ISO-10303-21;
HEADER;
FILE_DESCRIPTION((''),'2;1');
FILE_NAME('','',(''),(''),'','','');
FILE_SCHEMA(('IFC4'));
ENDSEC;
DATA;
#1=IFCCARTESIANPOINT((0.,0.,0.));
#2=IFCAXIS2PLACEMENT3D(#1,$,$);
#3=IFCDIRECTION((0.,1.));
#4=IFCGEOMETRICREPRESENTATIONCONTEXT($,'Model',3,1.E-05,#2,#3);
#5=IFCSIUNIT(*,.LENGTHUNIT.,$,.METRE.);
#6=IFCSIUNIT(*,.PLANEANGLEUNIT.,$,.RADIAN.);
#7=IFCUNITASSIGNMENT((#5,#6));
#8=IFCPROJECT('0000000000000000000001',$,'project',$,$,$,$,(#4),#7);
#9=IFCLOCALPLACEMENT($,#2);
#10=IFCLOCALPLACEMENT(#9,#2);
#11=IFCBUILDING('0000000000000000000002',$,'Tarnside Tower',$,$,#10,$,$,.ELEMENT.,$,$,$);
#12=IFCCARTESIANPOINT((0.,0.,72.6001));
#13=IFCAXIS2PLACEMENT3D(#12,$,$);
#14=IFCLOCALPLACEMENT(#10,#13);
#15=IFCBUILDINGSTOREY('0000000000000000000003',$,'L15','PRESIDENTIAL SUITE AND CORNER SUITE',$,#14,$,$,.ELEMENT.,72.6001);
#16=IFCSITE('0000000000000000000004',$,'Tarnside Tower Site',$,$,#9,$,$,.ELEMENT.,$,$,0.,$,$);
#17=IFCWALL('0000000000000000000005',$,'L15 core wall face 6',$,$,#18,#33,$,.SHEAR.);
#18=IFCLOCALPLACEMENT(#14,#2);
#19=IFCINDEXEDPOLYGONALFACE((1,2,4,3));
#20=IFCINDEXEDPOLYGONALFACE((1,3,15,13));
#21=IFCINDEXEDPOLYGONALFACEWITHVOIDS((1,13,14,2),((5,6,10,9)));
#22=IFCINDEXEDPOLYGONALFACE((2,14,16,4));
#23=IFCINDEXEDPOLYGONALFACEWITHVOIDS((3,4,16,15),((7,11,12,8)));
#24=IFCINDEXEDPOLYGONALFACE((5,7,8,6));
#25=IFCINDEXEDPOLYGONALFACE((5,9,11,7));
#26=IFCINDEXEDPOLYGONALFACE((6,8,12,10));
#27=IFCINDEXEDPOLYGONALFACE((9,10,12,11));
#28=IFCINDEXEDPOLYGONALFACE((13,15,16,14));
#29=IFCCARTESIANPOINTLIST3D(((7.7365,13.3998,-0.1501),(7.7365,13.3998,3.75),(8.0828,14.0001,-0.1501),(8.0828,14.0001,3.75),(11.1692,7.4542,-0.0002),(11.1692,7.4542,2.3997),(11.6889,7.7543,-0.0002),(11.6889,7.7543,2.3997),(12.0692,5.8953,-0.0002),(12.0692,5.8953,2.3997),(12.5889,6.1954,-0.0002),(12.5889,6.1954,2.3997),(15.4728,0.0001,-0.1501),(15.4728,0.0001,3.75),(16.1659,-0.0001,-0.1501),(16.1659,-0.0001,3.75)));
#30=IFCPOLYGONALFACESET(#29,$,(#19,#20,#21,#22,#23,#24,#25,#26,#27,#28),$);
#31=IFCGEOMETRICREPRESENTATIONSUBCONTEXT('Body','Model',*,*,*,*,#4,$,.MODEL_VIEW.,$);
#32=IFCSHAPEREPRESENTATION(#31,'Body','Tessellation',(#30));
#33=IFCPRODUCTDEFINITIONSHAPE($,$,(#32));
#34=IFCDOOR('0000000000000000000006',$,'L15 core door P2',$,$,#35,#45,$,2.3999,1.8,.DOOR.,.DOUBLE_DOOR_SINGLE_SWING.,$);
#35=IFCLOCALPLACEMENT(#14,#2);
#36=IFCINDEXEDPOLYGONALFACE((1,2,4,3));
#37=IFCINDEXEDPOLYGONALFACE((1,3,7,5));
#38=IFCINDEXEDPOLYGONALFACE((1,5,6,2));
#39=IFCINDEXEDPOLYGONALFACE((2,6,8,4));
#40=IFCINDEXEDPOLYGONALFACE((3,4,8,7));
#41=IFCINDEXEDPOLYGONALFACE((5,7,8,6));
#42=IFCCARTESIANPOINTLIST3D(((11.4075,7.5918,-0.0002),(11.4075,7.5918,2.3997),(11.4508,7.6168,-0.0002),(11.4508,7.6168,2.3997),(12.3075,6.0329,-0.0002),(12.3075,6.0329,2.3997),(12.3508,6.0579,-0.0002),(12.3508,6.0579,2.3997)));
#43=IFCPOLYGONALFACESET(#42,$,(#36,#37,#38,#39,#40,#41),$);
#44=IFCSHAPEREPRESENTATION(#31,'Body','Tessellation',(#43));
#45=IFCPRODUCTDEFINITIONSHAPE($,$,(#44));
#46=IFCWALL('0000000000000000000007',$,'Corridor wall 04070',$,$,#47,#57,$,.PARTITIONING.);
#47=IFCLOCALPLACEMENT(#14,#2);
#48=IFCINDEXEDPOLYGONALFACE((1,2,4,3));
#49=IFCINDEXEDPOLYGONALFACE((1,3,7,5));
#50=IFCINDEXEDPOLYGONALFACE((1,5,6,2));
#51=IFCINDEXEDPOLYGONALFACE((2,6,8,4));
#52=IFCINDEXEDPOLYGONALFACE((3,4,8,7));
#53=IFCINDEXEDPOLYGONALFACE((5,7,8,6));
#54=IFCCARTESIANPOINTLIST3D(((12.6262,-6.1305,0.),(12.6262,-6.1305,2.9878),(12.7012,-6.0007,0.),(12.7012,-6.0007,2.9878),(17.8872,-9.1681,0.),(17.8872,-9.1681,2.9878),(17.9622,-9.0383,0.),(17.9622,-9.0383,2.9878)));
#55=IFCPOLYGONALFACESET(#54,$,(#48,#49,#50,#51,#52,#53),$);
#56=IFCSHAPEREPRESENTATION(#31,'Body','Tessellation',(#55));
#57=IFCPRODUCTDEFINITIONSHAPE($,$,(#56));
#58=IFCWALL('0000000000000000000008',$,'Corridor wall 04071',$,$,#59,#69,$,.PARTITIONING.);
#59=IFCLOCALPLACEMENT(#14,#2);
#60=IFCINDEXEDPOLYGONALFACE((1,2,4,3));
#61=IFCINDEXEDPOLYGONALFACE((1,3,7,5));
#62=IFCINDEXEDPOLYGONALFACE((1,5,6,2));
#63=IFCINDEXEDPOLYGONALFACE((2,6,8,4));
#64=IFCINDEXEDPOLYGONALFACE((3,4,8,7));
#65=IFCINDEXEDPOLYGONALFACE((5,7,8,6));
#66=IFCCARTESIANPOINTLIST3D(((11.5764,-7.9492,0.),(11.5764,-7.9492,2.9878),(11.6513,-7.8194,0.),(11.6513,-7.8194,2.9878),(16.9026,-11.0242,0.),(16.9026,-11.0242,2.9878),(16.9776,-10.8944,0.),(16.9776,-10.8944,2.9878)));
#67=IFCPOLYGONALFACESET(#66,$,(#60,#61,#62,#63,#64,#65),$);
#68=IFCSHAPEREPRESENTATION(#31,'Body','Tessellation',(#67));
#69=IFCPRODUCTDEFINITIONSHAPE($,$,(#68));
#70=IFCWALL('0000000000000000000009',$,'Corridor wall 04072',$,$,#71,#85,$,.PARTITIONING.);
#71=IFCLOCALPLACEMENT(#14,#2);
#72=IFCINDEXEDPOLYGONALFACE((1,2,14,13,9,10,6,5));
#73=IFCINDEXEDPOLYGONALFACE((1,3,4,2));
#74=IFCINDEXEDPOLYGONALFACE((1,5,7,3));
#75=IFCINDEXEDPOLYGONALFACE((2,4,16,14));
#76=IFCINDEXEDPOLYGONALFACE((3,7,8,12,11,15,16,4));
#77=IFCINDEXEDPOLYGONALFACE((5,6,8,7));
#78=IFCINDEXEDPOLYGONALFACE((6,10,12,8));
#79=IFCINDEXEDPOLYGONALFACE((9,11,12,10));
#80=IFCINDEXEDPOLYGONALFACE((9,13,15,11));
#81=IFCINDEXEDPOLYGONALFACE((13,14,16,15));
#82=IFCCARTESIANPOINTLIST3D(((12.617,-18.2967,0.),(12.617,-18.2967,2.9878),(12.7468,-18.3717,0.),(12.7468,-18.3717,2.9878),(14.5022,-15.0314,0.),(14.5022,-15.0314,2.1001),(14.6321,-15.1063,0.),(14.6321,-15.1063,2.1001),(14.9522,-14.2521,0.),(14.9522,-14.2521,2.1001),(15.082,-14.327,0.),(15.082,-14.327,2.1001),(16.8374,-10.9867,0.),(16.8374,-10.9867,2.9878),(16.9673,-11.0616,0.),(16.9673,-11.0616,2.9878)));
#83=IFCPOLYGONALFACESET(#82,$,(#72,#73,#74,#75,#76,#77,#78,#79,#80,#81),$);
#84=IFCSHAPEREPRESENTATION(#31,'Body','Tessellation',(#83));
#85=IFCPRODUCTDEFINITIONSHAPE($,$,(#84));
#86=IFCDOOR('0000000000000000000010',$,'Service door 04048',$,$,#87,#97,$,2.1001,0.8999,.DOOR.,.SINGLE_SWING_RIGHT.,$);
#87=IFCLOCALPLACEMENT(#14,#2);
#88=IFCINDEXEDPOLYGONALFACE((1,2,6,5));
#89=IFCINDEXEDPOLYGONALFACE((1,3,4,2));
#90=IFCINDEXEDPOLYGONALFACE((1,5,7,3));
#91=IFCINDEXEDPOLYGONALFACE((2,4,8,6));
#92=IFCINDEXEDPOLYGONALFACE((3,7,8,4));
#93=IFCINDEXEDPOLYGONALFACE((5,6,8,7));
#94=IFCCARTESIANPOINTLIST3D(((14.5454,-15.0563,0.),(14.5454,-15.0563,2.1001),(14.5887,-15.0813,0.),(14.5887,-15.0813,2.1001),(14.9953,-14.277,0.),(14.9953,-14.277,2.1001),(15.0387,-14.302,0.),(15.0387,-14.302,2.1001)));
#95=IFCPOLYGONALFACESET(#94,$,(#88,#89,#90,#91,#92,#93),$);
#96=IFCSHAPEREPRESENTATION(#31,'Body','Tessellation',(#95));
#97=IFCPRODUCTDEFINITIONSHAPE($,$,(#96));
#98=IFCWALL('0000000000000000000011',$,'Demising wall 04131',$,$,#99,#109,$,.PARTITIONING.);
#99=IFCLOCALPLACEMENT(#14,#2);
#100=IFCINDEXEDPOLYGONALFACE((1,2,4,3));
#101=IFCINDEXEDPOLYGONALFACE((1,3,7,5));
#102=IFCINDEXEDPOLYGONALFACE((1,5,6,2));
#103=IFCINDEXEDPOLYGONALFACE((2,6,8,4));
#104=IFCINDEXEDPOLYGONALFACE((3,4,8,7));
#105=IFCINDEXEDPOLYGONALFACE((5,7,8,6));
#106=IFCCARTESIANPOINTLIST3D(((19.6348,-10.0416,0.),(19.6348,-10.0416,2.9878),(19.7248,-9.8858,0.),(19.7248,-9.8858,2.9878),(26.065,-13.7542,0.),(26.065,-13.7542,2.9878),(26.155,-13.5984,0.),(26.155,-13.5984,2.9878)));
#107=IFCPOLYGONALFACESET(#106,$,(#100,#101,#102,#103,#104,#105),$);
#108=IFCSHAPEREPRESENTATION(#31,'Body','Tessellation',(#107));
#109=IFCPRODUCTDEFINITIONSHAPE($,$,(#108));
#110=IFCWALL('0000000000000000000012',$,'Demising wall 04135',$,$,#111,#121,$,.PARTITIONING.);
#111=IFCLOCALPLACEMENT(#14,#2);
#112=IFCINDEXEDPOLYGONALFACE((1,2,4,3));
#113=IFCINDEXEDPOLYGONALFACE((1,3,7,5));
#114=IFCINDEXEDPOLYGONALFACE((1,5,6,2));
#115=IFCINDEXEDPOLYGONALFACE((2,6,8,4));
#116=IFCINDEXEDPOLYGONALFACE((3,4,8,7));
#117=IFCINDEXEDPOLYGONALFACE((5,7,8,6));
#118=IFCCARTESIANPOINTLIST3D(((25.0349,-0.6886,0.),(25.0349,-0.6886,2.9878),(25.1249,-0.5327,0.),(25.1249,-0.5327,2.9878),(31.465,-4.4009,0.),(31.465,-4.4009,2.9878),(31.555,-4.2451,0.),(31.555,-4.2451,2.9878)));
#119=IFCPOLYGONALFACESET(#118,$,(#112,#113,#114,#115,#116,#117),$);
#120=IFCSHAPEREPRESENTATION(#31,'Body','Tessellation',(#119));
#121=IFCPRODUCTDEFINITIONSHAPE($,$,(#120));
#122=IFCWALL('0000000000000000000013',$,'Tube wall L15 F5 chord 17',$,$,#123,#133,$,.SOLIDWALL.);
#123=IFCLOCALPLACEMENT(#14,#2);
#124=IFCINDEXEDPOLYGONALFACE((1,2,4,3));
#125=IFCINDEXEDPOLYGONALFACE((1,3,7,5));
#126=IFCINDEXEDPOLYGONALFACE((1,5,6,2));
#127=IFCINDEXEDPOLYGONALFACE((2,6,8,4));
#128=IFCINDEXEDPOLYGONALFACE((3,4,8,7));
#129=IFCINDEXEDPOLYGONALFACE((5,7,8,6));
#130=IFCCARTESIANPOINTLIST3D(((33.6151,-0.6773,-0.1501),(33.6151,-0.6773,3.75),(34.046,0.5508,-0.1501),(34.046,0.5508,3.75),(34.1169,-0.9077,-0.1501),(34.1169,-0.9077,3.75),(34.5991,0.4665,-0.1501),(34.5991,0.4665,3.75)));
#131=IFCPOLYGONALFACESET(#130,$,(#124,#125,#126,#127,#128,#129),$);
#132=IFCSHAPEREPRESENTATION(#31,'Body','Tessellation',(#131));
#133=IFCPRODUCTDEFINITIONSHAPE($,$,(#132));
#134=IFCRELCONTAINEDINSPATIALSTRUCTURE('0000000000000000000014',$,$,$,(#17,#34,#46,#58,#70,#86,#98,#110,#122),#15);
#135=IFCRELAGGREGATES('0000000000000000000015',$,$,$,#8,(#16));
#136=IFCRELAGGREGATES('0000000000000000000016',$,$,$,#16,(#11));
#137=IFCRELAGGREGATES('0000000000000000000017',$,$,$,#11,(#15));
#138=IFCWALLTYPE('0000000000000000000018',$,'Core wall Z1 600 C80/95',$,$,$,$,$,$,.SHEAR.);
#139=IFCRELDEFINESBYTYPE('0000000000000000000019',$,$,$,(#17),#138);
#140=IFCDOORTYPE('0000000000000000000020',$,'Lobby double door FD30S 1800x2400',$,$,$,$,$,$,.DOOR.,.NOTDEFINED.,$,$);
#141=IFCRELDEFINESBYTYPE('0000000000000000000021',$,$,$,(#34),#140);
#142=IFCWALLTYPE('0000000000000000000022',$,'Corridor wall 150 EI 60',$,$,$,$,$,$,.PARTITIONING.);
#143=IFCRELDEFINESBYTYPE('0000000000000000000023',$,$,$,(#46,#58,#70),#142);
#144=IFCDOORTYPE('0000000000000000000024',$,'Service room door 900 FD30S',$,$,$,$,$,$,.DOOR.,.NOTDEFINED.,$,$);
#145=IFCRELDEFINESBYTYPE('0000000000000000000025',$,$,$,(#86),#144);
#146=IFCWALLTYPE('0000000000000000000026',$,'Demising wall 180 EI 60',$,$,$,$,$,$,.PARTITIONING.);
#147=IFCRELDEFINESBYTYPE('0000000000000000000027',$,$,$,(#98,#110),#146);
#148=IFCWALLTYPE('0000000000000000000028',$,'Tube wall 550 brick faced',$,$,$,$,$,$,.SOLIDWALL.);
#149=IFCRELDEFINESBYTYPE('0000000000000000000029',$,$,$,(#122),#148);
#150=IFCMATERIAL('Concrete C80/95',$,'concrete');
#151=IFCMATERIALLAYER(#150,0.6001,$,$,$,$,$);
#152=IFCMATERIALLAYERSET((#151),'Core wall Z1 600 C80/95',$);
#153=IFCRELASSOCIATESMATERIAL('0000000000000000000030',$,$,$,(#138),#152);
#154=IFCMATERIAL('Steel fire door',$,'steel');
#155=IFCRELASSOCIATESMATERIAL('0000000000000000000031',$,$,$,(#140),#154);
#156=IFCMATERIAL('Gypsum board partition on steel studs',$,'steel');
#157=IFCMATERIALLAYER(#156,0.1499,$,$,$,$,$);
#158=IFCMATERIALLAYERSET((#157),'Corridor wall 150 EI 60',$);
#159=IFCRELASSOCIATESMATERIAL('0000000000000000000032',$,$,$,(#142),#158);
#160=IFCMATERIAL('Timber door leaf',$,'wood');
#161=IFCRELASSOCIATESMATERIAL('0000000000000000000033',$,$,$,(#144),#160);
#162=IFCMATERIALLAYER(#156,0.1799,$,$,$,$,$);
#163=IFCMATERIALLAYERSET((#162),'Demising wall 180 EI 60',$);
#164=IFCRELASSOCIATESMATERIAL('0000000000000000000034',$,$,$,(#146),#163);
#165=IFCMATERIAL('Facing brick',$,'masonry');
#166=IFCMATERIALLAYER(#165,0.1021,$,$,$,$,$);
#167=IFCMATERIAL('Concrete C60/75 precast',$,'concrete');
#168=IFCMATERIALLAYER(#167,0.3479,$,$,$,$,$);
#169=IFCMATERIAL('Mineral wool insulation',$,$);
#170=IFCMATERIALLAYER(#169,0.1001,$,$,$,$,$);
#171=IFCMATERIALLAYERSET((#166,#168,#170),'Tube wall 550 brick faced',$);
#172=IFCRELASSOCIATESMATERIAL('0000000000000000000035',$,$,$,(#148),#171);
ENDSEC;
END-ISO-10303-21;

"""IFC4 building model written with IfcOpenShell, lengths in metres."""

from ifc_helpers import new_model, si_unit, direction, frame, frame_2d, origin, place, context, subcontext, project, spatial, polyline, rectangle, outline, extrude, material, layer, layer_set, type_object, element, fill, save


model = new_model("IFC4")

# Units and contexts
model_context = context("Model", 3, precision=1e-05, world=origin(), true_north=direction((0.0, 1.0)))
body_context = subcontext(model_context, "Body", "Model", "MODEL_VIEW")
ifc_project = project(units=[si_unit("LENGTHUNIT", "METRE"), si_unit("PLANEANGLEUNIT", "RADIAN")], contexts=[model_context])

# Site, building, storey
site_placement = place(None, origin())
site = spatial("IfcSite", under=ifc_project, at=site_placement, Name="Tarnside Tower Site", CompositionType="ELEMENT", RefElevation=0.0)
building_placement = place(site_placement, origin())
building = spatial("IfcBuilding", under=site, at=building_placement, Name="Tarnside Tower", CompositionType="ELEMENT")
storey_placement = place(building_placement, frame((0.0, 0.0, 72.6001)))
storey = spatial("IfcBuildingStorey", under=building, at=storey_placement, Name="L15", Description="PRESIDENTIAL SUITE AND CORNER SUITE", CompositionType="ELEMENT", Elevation=72.6001)

# Shared definitions
ifc_material_1 = material(Name="Gypsum board partition on steel studs", Category="steel")

# Shared definitions
ifc_material_2 = material(Name="Timber door leaf", Category="wood")

# Wall, opening, door
ifc_material_3 = material(Name="Concrete C80/95", Category="concrete")
ifc_layer_1 = layer(ifc_material_3, 0.6001)
ifc_layer_set_1 = layer_set([ifc_layer_1], Name="Core wall Z1 600 C80/95")
wall_type_1 = type_object("IfcWallType", Name="Core wall Z1 600 C80/95", PredefinedType="SHEAR", material=ifc_layer_set_1)
wall_1_placement = place(storey_placement, frame((15.8193, 0.0, -0.1501), z_axis=(0.0, 0.0, 1.0), x_axis=(-0.5, 0.866025, 0.0)))
wall_1 = element("IfcWall", 1, at=wall_1_placement, inside=storey, type_object=wall_type_1, Name="L15 core wall face 6", PredefinedType="SHEAR", context=body_context, shape_type="SweptSolid", body=[
    extrude(outline(polyline([(-0.1733, -0.3), (15.9927, -0.3), (15.646, 0.3), (0.1733, 0.3), (-0.1733, -0.3)])), origin(), (0.0, 0.0, 1.0), 3.9001),
])
opening_1_placement = place(wall_1_placement, frame((6.9807, 0.0, 0.1499)))
opening_1 = element("IfcOpeningElement", 2, at=opening_1_placement, cuts=wall_1, PredefinedType="OPENING", context=body_context, shape_type="SweptSolid", body=[
    extrude(rectangle(XDim=1.8, YDim=2.3999, at=frame_2d((0.8999, 1.2))), frame((0.0, 0.3101, 0.0), z_axis=(0.0, -1.0, 0.0), x_axis=(1.0, 0.0, 0.0)), (0.0, 0.0, 1.0), 0.6201),
])
ifc_material_4 = material(Name="Steel fire door", Category="steel")
door_type_1 = type_object("IfcDoorType", Name="Lobby double door FD30S 1800x2400", OperationType="NOTDEFINED", PredefinedType="DOOR", material=ifc_material_4)
door_1_placement = place(opening_1_placement, origin())
door_1 = element("IfcDoor", 3, at=door_1_placement, inside=storey, type_object=door_type_1, Name="L15 core door P2", OperationType="DOUBLE_DOOR_SINGLE_SWING", OverallHeight=2.3999, OverallWidth=1.8, PredefinedType="DOOR", context=body_context, shape_type="SweptSolid", body=[
    extrude(rectangle(XDim=1.8, YDim=2.3999, at=frame_2d((0.8999, 1.2))), frame((0.0, 0.0249, 0.0), z_axis=(0.0, -1.0, 0.0), x_axis=(1.0, 0.0, 0.0)), (0.0, 0.0, 1.0), 0.05),
])
fill(opening_1, door_1)

# Walls
ifc_layer_2 = layer(ifc_material_1, 0.1499)
ifc_layer_set_2 = layer_set([ifc_layer_2], Name="Corridor wall 150 EI 60")
wall_type_2 = type_object("IfcWallType", Name="Corridor wall 150 EI 60", PredefinedType="PARTITIONING", material=ifc_layer_set_2)
wall_2_placement = place(storey_placement, frame((17.9248, -9.1033, 0.0), z_axis=(0.0, 0.0, 1.0), x_axis=(-0.866014, 0.50002, 0.0)))
element("IfcWall", 4, at=wall_2_placement, inside=storey, type_object=wall_type_2, Name="Corridor wall 04070", PredefinedType="PARTITIONING", context=body_context, shape_type="SweptSolid", body=[
    extrude(rectangle(XDim=6.075, YDim=0.1499, at=frame_2d((3.0376, 0.0))), origin(), (0.0, 0.0, 1.0), 2.9878),
])
wall_3_placement = place(storey_placement, frame((11.6138, -7.8843, 0.0), z_axis=(0.0, 0.0, 1.0), x_axis=(0.866034, -0.499986, 0.0)))
element("IfcWall", 5, at=wall_3_placement, inside=storey, type_object=wall_type_2, Name="Corridor wall 04071", PredefinedType="PARTITIONING", context=body_context, shape_type="SweptSolid", body=[
    extrude(rectangle(XDim=6.1501, YDim=0.1499, at=frame_2d((3.0752, 0.0))), origin(), (0.0, 0.0, 1.0), 2.9878),
])

# Wall, opening, door
wall_4_placement = place(storey_placement, frame((16.9023, -11.0242, 0.0), z_axis=(0.0, 0.0, 1.0), x_axis=(-0.5, -0.866026, 0.0)))
wall_4 = element("IfcWall", 6, at=wall_4_placement, inside=storey, type_object=wall_type_2, Name="Corridor wall 04072", PredefinedType="PARTITIONING", context=body_context, shape_type="SweptSolid", body=[
    extrude(rectangle(XDim=8.4409, YDim=0.1499, at=frame_2d((4.2205, 0.0))), origin(), (0.0, 0.0, 1.0), 2.9878),
])
opening_2_placement = place(wall_4_placement, frame((3.7705, 0.0, 0.0)))
opening_2 = element("IfcOpeningElement", 7, at=opening_2_placement, cuts=wall_4, PredefinedType="OPENING", context=body_context, shape_type="SweptSolid", body=[
    extrude(rectangle(XDim=0.8999, YDim=2.1001, at=frame_2d((0.45, 1.05))), frame((0.0, 0.085, 0.0), z_axis=(0.0, -1.0, 0.0), x_axis=(1.0, 0.0, 0.0)), (0.0, 0.0, 1.0), 0.1699),
])
door_type_2 = type_object("IfcDoorType", Name="Service room door 900 FD30S", OperationType="NOTDEFINED", PredefinedType="DOOR", material=ifc_material_2)
door_2_placement = place(opening_2_placement, origin())
door_2 = element("IfcDoor", 8, at=door_2_placement, inside=storey, type_object=door_type_2, Name="Service door 04048", OperationType="SINGLE_SWING_RIGHT", OverallHeight=2.1001, OverallWidth=0.8999, PredefinedType="DOOR", context=body_context, shape_type="SweptSolid", body=[
    extrude(rectangle(XDim=0.8999, YDim=2.1001, at=frame_2d((0.45, 1.05))), frame((0.0, 0.0249, 0.0), z_axis=(0.0, -1.0, 0.0), x_axis=(1.0, 0.0, 0.0)), (0.0, 0.0, 1.0), 0.05),
])
fill(opening_2, door_2)

# Walls
ifc_layer_3 = layer(ifc_material_1, 0.1799)
ifc_layer_set_3 = layer_set([ifc_layer_3], Name="Demising wall 180 EI 60")
wall_type_3 = type_object("IfcWallType", Name="Demising wall 180 EI 60", PredefinedType="PARTITIONING", material=ifc_layer_set_3)
wall_5_placement = place(storey_placement, frame((26.1099, -13.6763, 0.0), z_axis=(0.0, 0.0, 1.0), x_axis=(-0.866015, 0.500018, 0.0)))
element("IfcWall", 9, at=wall_5_placement, inside=storey, type_object=wall_type_3, Name="Demising wall 04131", PredefinedType="PARTITIONING", context=body_context, shape_type="SweptSolid", body=[
    extrude(rectangle(XDim=7.425, YDim=0.1799, at=frame_2d((3.7124, 0.0))), origin(), (0.0, 0.0, 1.0), 2.9878),
])
wall_6_placement = place(storey_placement, frame((31.51, -4.323, 0.0), z_axis=(0.0, 0.0, 1.0), x_axis=(-0.866029, 0.499994, 0.0)))
element("IfcWall", 10, at=wall_6_placement, inside=storey, type_object=wall_type_3, Name="Demising wall 04135", PredefinedType="PARTITIONING", context=body_context, shape_type="SweptSolid", body=[
    extrude(rectangle(XDim=7.4248, YDim=0.1799, at=frame_2d((3.7124, 0.0))), origin(), (0.0, 0.0, 1.0), 2.9878),
])
ifc_material_5 = material(Name="Facing brick", Category="masonry")
ifc_layer_4 = layer(ifc_material_5, 0.1021)
ifc_material_6 = material(Name="Concrete C60/75 precast", Category="concrete")
ifc_layer_5 = layer(ifc_material_6, 0.3479)
ifc_material_7 = material(Name="Mineral wool insulation")
ifc_layer_6 = layer(ifc_material_7, 0.1001)
ifc_layer_set_4 = layer_set([ifc_layer_4, ifc_layer_5, ifc_layer_6], Name="Tube wall 550 brick faced")
wall_type_4 = type_object("IfcWallType", Name="Tube wall 550 brick faced", PredefinedType="SOLIDWALL", material=ifc_layer_set_4)
wall_7_placement = place(storey_placement, frame((33.866, -0.7925, -0.1501), z_axis=(0.0, 0.0, 1.0), x_axis=(0.331115, 0.94359, 0.0)))
element("IfcWall", 11, at=wall_7_placement, inside=storey, type_object=wall_type_4, Name="Tube wall L15 F5 chord 17", PredefinedType="SOLIDWALL", context=body_context, shape_type="SweptSolid", body=[
    extrude(outline(polyline([(-0.0256, -0.2749), (1.4307, -0.2749), (1.3271, 0.2749), (0.0256, 0.2749), (-0.0256, -0.2749)])), origin(), (0.0, 0.0, 1.0), 3.9001),
])

save(model, "model.ifc")
